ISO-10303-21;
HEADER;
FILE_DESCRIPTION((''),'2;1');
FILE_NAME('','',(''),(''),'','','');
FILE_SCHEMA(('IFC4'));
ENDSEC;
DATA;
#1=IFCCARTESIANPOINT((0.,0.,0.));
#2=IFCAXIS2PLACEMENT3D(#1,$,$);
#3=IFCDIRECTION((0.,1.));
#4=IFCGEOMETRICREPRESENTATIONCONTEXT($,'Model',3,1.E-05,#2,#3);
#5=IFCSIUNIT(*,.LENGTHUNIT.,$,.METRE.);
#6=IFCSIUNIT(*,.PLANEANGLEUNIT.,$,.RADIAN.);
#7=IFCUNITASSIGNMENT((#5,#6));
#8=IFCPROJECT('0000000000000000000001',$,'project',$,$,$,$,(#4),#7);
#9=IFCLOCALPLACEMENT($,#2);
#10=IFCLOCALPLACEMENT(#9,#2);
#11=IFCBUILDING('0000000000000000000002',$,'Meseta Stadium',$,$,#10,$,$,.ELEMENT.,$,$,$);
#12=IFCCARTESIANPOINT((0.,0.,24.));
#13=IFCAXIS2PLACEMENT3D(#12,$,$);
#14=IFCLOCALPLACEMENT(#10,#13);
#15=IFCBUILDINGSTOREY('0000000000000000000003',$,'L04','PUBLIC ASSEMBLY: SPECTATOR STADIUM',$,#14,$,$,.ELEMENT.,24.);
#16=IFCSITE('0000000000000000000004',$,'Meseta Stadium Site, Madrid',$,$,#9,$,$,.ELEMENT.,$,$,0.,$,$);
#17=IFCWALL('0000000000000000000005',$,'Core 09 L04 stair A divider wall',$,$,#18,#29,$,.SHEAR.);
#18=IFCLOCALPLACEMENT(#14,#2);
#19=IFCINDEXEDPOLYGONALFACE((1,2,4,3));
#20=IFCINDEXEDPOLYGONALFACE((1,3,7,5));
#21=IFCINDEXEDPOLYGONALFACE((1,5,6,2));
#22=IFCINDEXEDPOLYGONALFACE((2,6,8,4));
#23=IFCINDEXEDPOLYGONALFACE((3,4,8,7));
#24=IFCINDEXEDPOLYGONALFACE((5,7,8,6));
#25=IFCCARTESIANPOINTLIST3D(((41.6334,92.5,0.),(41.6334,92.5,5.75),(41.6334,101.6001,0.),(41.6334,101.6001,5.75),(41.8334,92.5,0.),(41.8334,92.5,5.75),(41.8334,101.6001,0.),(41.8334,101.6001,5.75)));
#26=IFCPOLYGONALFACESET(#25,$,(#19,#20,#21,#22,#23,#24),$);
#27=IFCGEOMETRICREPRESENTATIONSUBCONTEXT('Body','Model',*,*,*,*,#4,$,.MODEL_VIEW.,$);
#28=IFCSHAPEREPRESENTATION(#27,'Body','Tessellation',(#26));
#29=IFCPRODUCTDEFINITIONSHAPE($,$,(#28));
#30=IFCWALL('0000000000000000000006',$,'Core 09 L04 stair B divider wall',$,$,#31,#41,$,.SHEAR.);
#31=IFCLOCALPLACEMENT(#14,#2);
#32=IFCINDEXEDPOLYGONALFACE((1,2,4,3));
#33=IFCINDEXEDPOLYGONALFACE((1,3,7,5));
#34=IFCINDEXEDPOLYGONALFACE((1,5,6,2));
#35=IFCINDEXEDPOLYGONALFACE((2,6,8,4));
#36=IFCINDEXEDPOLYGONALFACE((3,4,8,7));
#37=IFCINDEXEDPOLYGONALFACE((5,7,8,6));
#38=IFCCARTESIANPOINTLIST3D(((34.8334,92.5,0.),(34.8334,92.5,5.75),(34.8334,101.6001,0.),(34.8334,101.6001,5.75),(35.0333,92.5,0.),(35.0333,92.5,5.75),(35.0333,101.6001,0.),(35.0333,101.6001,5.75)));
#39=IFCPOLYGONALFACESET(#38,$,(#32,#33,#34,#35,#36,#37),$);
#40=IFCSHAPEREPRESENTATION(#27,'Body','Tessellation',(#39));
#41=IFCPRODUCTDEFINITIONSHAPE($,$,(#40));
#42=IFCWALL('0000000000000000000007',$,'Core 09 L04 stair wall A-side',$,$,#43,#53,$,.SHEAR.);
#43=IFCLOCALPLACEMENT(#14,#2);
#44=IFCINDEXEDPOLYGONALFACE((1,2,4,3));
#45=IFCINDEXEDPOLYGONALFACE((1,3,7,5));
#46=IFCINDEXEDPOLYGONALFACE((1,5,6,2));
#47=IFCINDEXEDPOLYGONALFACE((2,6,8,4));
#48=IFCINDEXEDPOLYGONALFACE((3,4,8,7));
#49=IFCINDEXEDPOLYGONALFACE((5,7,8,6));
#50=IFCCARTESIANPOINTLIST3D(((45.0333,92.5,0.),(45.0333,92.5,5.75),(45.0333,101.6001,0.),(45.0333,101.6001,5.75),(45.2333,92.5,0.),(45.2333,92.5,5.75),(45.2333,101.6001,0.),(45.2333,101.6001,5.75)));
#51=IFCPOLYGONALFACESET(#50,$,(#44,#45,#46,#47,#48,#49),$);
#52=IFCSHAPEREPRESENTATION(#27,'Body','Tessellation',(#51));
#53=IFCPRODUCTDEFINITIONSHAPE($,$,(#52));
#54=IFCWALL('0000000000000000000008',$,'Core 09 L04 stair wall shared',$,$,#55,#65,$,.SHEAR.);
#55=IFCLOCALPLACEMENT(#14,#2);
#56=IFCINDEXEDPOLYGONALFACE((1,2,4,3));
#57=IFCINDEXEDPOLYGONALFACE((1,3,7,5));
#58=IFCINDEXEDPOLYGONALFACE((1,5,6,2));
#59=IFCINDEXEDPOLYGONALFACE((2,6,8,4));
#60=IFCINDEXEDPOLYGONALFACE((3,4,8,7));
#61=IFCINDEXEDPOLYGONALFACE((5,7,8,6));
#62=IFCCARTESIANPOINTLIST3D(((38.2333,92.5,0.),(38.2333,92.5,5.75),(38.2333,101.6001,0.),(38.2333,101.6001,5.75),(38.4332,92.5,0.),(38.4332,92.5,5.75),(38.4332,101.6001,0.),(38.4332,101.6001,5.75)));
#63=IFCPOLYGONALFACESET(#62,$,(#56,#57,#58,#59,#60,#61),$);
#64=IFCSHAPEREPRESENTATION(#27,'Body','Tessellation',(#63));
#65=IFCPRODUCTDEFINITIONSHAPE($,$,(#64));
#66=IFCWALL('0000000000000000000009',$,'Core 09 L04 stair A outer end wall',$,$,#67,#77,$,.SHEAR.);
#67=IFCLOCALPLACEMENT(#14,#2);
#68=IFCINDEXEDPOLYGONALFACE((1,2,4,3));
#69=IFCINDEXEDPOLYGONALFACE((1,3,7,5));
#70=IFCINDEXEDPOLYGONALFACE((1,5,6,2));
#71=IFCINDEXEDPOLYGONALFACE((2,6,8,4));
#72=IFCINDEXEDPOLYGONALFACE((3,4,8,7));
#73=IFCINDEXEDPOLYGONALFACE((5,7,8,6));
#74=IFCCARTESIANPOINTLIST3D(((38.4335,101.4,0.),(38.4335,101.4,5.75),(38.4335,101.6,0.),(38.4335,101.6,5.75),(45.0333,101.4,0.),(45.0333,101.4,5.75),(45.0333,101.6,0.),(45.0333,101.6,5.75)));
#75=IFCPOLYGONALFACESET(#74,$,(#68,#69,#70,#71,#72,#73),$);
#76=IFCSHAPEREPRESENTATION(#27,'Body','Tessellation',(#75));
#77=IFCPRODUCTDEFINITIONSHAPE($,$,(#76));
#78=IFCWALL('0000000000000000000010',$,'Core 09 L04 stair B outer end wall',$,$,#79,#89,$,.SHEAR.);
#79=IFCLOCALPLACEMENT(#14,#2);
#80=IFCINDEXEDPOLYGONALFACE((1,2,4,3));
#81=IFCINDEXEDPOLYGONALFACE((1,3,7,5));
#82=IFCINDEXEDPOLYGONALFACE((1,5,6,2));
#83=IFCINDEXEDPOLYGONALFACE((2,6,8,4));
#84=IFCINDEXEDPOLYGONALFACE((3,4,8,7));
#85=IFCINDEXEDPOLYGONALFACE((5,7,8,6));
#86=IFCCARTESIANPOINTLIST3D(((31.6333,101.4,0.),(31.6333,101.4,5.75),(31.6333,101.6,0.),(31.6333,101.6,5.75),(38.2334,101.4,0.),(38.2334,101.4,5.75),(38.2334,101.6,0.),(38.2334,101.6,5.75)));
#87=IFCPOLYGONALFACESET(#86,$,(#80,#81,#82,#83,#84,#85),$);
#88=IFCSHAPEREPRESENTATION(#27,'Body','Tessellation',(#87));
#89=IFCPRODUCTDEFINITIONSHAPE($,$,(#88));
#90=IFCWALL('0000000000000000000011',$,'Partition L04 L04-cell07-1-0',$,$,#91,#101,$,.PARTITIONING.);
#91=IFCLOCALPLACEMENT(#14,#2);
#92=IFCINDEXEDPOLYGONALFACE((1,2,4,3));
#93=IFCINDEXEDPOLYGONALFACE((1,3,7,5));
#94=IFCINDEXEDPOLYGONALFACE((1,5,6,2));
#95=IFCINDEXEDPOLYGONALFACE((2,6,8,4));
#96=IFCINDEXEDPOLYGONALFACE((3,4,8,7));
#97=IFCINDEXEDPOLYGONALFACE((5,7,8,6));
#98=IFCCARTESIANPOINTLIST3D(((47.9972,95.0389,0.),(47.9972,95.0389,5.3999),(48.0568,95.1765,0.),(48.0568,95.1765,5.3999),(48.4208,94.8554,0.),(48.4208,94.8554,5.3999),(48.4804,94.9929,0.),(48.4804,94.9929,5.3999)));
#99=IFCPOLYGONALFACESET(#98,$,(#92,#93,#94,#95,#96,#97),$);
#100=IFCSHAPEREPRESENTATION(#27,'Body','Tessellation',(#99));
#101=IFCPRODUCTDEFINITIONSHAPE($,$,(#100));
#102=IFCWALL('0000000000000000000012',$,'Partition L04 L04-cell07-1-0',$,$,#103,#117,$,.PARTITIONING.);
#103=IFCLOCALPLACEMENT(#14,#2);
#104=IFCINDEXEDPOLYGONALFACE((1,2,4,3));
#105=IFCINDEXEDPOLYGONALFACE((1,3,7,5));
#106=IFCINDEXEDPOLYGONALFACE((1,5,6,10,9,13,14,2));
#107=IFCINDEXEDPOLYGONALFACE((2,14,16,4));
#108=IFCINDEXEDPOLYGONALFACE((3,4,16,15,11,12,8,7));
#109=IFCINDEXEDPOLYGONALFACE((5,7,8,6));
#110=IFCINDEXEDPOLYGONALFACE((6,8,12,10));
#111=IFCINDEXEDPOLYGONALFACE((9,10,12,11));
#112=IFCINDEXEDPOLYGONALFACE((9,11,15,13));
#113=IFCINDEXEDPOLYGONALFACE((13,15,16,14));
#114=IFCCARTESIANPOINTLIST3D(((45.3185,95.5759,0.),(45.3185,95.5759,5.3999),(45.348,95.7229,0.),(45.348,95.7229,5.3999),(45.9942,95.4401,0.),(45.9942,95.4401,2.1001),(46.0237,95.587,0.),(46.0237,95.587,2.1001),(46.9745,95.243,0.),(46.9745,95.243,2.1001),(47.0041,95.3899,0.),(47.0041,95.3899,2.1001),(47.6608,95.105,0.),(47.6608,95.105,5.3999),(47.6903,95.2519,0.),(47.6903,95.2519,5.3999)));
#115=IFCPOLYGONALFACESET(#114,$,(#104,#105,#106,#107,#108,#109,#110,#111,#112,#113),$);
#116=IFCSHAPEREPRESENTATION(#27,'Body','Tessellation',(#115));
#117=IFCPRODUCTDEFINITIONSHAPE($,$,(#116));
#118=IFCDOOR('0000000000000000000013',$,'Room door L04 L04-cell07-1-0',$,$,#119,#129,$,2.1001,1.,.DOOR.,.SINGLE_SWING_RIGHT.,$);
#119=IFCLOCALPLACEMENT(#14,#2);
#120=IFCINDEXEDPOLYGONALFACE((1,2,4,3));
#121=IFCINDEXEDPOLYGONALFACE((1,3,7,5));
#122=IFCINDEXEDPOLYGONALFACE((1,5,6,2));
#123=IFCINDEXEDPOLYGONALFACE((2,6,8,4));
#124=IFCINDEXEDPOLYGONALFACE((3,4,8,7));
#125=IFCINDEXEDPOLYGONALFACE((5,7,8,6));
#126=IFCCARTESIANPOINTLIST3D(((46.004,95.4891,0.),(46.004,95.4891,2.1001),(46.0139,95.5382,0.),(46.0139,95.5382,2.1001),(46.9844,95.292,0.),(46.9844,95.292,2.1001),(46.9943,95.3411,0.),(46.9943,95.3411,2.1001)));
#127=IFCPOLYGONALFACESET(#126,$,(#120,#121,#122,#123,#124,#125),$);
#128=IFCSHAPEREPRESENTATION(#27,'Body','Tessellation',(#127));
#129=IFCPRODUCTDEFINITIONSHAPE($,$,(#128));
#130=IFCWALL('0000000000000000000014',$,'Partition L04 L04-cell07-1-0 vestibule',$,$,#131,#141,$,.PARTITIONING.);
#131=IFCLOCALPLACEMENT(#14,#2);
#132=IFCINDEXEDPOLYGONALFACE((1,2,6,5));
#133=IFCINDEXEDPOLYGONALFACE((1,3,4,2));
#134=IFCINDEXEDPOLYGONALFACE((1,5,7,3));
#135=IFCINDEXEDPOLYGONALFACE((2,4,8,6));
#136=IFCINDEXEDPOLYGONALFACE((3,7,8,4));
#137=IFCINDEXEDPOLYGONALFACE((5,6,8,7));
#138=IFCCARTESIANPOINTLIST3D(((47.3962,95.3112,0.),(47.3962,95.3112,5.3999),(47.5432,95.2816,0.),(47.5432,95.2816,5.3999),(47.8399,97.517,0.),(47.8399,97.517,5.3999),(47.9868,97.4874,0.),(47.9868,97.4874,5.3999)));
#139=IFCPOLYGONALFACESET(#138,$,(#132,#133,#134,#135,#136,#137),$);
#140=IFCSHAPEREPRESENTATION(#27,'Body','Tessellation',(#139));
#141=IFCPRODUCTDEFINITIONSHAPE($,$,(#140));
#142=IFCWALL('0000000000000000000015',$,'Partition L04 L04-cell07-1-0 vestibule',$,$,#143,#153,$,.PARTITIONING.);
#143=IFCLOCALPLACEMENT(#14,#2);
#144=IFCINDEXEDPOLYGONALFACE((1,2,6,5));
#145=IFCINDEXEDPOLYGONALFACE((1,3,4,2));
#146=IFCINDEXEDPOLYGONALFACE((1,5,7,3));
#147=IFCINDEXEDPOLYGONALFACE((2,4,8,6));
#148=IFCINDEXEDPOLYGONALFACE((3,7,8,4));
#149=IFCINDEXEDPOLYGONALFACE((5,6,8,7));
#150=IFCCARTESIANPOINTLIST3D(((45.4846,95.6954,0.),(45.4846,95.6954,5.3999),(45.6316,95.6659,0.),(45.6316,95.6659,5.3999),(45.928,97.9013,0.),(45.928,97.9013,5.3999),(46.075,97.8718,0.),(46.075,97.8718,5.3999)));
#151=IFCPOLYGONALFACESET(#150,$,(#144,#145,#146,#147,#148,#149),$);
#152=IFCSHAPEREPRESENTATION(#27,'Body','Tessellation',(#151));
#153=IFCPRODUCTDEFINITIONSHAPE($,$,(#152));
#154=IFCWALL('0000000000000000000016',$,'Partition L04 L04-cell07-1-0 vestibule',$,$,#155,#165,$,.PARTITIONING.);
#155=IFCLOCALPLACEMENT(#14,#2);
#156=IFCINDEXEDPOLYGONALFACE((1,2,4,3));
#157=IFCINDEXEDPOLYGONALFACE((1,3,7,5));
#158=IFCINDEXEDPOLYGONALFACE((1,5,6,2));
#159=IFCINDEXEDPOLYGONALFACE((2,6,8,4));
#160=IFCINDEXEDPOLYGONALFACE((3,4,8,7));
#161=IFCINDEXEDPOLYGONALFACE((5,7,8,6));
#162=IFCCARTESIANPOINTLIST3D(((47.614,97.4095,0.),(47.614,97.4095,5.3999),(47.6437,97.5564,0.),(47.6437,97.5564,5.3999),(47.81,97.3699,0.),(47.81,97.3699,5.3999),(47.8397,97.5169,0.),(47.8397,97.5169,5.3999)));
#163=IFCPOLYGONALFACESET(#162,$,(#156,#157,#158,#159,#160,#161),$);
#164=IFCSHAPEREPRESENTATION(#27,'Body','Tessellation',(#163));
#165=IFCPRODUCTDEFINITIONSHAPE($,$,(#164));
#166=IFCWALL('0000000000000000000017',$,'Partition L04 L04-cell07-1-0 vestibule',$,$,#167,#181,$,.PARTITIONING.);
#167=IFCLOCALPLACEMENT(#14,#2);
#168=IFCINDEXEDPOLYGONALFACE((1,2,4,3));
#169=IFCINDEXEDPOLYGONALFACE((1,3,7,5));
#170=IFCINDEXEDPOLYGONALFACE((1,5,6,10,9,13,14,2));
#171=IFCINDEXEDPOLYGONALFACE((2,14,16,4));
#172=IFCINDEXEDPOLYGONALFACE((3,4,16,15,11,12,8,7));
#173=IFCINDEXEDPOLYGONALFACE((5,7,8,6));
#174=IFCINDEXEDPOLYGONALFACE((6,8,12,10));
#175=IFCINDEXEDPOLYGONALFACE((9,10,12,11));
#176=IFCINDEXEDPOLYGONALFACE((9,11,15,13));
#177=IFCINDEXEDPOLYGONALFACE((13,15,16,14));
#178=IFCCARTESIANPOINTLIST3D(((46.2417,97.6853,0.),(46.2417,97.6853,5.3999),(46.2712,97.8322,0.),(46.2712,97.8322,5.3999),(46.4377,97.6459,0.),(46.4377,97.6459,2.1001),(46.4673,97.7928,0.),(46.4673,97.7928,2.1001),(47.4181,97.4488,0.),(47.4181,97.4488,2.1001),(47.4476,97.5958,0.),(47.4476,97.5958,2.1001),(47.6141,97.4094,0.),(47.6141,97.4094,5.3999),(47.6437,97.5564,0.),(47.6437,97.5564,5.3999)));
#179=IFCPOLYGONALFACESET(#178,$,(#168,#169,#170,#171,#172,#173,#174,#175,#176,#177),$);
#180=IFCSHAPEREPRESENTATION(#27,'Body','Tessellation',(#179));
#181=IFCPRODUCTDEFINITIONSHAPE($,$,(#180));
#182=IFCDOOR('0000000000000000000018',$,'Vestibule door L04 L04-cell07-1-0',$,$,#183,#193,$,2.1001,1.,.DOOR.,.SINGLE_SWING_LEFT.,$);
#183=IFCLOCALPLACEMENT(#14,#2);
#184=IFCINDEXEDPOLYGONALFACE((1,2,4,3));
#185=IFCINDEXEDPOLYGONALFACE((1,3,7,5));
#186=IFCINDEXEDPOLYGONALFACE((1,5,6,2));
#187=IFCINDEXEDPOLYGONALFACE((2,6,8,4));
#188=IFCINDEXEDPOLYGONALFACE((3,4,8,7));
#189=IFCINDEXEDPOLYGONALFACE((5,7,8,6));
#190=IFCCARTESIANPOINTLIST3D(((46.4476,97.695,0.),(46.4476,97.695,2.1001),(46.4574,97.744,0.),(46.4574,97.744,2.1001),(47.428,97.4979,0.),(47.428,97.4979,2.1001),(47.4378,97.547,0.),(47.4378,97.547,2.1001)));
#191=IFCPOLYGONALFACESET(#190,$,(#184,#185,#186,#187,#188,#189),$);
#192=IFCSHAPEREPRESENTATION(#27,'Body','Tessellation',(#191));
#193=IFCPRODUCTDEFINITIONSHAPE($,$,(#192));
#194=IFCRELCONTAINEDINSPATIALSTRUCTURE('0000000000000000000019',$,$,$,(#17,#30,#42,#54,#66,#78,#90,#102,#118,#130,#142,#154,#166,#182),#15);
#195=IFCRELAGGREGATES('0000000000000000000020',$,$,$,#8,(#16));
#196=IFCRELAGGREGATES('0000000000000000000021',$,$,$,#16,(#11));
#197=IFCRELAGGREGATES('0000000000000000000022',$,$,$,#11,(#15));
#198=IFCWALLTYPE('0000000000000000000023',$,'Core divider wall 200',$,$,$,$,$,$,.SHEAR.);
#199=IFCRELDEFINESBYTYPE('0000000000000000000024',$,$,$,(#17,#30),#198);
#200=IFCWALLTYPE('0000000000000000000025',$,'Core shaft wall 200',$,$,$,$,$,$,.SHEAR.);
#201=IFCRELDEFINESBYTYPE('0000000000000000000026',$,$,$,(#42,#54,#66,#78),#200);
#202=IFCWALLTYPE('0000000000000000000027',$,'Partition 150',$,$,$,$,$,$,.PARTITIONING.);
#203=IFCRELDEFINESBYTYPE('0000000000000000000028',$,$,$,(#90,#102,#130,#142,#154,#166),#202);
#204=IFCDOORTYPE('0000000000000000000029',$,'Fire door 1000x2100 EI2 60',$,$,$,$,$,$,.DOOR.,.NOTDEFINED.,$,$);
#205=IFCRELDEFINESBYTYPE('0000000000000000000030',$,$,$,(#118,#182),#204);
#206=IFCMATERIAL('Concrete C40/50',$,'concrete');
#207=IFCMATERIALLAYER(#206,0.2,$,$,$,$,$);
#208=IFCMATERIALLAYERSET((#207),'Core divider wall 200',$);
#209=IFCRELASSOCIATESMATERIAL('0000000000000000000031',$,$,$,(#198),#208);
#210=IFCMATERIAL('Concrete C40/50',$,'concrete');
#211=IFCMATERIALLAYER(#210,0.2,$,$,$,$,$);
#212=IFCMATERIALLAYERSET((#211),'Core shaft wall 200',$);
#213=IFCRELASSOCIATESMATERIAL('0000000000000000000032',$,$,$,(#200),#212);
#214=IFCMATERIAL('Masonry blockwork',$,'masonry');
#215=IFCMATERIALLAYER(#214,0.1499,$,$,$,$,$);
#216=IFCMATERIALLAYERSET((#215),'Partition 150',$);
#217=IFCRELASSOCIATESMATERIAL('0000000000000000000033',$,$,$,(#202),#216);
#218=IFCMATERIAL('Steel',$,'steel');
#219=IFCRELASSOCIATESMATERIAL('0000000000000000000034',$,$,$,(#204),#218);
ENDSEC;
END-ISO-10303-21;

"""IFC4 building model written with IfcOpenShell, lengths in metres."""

from ifc_helpers import new_model, si_unit, direction, frame, frame_2d, origin, place, context, subcontext, project, spatial, rectangle, extrude, material, layer, layer_set, type_object, element, fill, save


model = new_model("IFC4")

# Units and contexts
model_context = context("Model", 3, precision=1e-05, world=origin(), true_north=direction((0.0, 1.0)))
body_context = subcontext(model_context, "Body", "Model", "MODEL_VIEW")
ifc_project = project(units=[si_unit("LENGTHUNIT", "METRE"), si_unit("PLANEANGLEUNIT", "RADIAN")], contexts=[model_context])

# Site, building, storey
site_placement = place(None, origin())
site = spatial("IfcSite", under=ifc_project, at=site_placement, Name="Meseta Stadium Site, Madrid", CompositionType="ELEMENT", RefElevation=0.0)
building_placement = place(site_placement, origin())
building = spatial("IfcBuilding", under=site, at=building_placement, Name="Meseta Stadium", CompositionType="ELEMENT")
storey_placement = place(building_placement, frame((0.0, 0.0, 24.0)))
storey = spatial("IfcBuildingStorey", under=building, at=storey_placement, Name="L04", Description="PUBLIC ASSEMBLY: SPECTATOR STADIUM", CompositionType="ELEMENT", Elevation=24.0)

# Walls
ifc_material_1 = material(Name="Concrete C40/50", Category="concrete")
ifc_layer_1 = layer(ifc_material_1, 0.2)
ifc_layer_set_1 = layer_set([ifc_layer_1], Name="Core divider wall 200")
wall_type_1 = type_object("IfcWallType", Name="Core divider wall 200", PredefinedType="SHEAR", material=ifc_layer_set_1)
for number, where, z_axis, x_axis, name in (
    (1, (41.7334, 101.6001, 0.0), (0.0, 0.0, 1.0), (0.0, -1.0, 0.0), "Core 09 L04 stair A divider wall"),
    (2, (34.9333, 101.6001, 0.0), (0.0, 0.0, 1.0), (0.0, -1.0, 0.0), "Core 09 L04 stair B divider wall"),
):
    element("IfcWall", number, at=place(storey_placement, frame(where, z_axis=z_axis, x_axis=x_axis)), inside=storey, type_object=wall_type_1, Name=name, PredefinedType="SHEAR", context=body_context, shape_type="SweptSolid", body=[
        extrude(rectangle(XDim=9.1001, YDim=0.2, at=frame_2d((4.55, 0.0))), origin(), (0.0, 0.0, 1.0), 5.75),
    ])
ifc_material_2 = material(Name="Concrete C40/50", Category="concrete")
ifc_layer_2 = layer(ifc_material_2, 0.2)
ifc_layer_set_2 = layer_set([ifc_layer_2], Name="Core shaft wall 200")
wall_type_2 = type_object("IfcWallType", Name="Core shaft wall 200", PredefinedType="SHEAR", material=ifc_layer_set_2)
for number, where, z_axis, x_axis, name in (
    (3, (45.1333, 101.6001, 0.0), (0.0, 0.0, 1.0), (0.0, -1.0, 0.0), "Core 09 L04 stair wall A-side"),
    (4, (38.3333, 101.6001, 0.0), (0.0, 0.0, 1.0), (0.0, -1.0, 0.0), "Core 09 L04 stair wall shared"),
):
    element("IfcWall", number, at=place(storey_placement, frame(where, z_axis=z_axis, x_axis=x_axis)), inside=storey, type_object=wall_type_2, Name=name, PredefinedType="SHEAR", context=body_context, shape_type="SweptSolid", body=[
        extrude(rectangle(XDim=9.1001, YDim=0.2, at=frame_2d((4.55, 0.0))), origin(), (0.0, 0.0, 1.0), 5.75),
    ])
wall_1_placement = place(storey_placement, frame((45.0332, 101.5, 0.0), z_axis=(0.0, 0.0, 1.0), x_axis=(-1.0, 0.0, 0.0)))
element("IfcWall", 5, at=wall_1_placement, inside=storey, type_object=wall_type_2, Name="Core 09 L04 stair A outer end wall", PredefinedType="SHEAR", context=body_context, shape_type="SweptSolid", body=[
    extrude(rectangle(XDim=6.5999, YDim=0.2, at=frame_2d((3.2998, 0.0))), origin(), (0.0, 0.0, 1.0), 5.75),
])
wall_2_placement = place(storey_placement, frame((38.2334, 101.5, 0.0), z_axis=(0.0, 0.0, 1.0), x_axis=(-1.0, 0.0, 0.0)))
element("IfcWall", 6, at=wall_2_placement, inside=storey, type_object=wall_type_2, Name="Core 09 L04 stair B outer end wall", PredefinedType="SHEAR", context=body_context, shape_type="SweptSolid", body=[
    extrude(rectangle(XDim=6.6001, YDim=0.2, at=frame_2d((3.3, 0.0))), origin(), (0.0, 0.0, 1.0), 5.75),
])
ifc_material_3 = material(Name="Masonry blockwork", Category="masonry")
ifc_layer_3 = layer(ifc_material_3, 0.1499)
ifc_layer_set_3 = layer_set([ifc_layer_3], Name="Partition 150")
wall_type_3 = type_object("IfcWallType", Name="Partition 150", PredefinedType="PARTITIONING", material=ifc_layer_set_3)
wall_3_placement = place(storey_placement, frame((48.4507, 94.9241, 0.0), z_axis=(0.0, 0.0, 1.0), x_axis=(-0.917523, 0.397682, 0.0)))
element("IfcWall", 7, at=wall_3_placement, inside=storey, type_object=wall_type_3, Name="Partition L04 L04-cell07-1-0", PredefinedType="PARTITIONING", context=body_context, shape_type="SweptSolid", body=[
    extrude(rectangle(XDim=0.4617, YDim=0.1499, at=frame_2d((0.231, 0.0))), origin(), (0.0, 0.0, 1.0), 5.3999),
])

# Wall, opening, door
wall_4_placement = place(storey_placement, frame((47.6755, 95.1785, 0.0), z_axis=(0.0, 0.0, 1.0), x_axis=(-0.98038, 0.197118, 0.0)))
wall_4 = element("IfcWall", 8, at=wall_4_placement, inside=storey, type_object=wall_type_3, Name="Partition L04 L04-cell07-1-0", PredefinedType="PARTITIONING", context=body_context, shape_type="SweptSolid", body=[
    extrude(rectangle(XDim=2.3892, YDim=0.1499, at=frame_2d((1.1946, 0.0))), origin(), (0.0, 0.0, 1.0), 5.3999),
])
opening_1_placement = place(wall_4_placement, frame((0.7, 0.0, 0.0)))
opening_1 = element("IfcOpeningElement", 9, at=opening_1_placement, cuts=wall_4, PredefinedType="OPENING", context=body_context, shape_type="SweptSolid", body=[
    extrude(rectangle(XDim=1.0, YDim=2.1001, at=frame_2d((0.5, 1.05))), frame((0.0, 0.085, 0.0), z_axis=(0.0, -1.0, 0.0), x_axis=(1.0, 0.0, 0.0)), (0.0, 0.0, 1.0), 0.1699),
])
ifc_material_4 = material(Name="Steel", Category="steel")
door_type = type_object("IfcDoorType", Name="Fire door 1000x2100 EI2 60", OperationType="NOTDEFINED", PredefinedType="DOOR", material=ifc_material_4)
door_1_placement = place(opening_1_placement, origin())
door_1 = element("IfcDoor", 10, at=door_1_placement, inside=storey, type_object=door_type, Name="Room door L04 L04-cell07-1-0", OperationType="SINGLE_SWING_RIGHT", OverallHeight=2.1001, OverallWidth=1.0, PredefinedType="DOOR", context=body_context, shape_type="SweptSolid", body=[
    extrude(rectangle(XDim=1.0, YDim=2.1001, at=frame_2d((0.5, 1.05))), frame((0.0, 0.0249, 0.0), z_axis=(0.0, -1.0, 0.0), x_axis=(1.0, 0.0, 0.0)), (0.0, 0.0, 1.0), 0.05),
])
fill(opening_1, door_1)

# Walls
for number, where, z_axis, x_axis, name in (
    (11, (47.4697, 95.2964, 0.0), (0.0, 0.0, 1.0), (0.197159, 0.980371, 0.0), "Partition L04 L04-cell07-1-0 vestibule"),
    (12, (45.5581, 95.6807, 0.0), (0.0, 0.0, 1.0), (0.197055, 0.980392, 0.0), "Partition L04 L04-cell07-1-0 vestibule"),
):
    element("IfcWall", number, at=place(storey_placement, frame(where, z_axis=z_axis, x_axis=x_axis)), inside=storey, type_object=wall_type_3, Name=name, PredefinedType="PARTITIONING", context=body_context, shape_type="SweptSolid", body=[
        extrude(rectangle(XDim=2.25, YDim=0.1499, at=frame_2d((1.125, 0.0))), origin(), (0.0, 0.0, 1.0), 5.3999),
    ])
wall_5_placement = place(storey_placement, frame((47.825, 97.4434, 0.0), z_axis=(0.0, 0.0, 1.0), x_axis=(-0.980251, 0.197759, 0.0)))
element("IfcWall", 13, at=wall_5_placement, inside=storey, type_object=wall_type_3, Name="Partition L04 L04-cell07-1-0 vestibule", PredefinedType="PARTITIONING", context=body_context, shape_type="SweptSolid", body=[
    extrude(rectangle(XDim=0.2, YDim=0.1499, at=frame_2d((0.1001, 0.0))), origin(), (0.0, 0.0, 1.0), 5.3999),
])

# Wall, opening, door
wall_6_placement = place(storey_placement, frame((47.6289, 97.4829, 0.0), z_axis=(0.0, 0.0, 1.0), x_axis=(-0.980392, 0.197055, 0.0)))
wall_6 = element("IfcWall", 14, at=wall_6_placement, inside=storey, type_object=wall_type_3, Name="Partition L04 L04-cell07-1-0 vestibule", PredefinedType="PARTITIONING", context=body_context, shape_type="SweptSolid", body=[
    extrude(rectangle(XDim=1.3999, YDim=0.1499, at=frame_2d((0.7, 0.0))), origin(), (0.0, 0.0, 1.0), 5.3999),
])
opening_2_placement = place(wall_6_placement, frame((0.2, 0.0, 0.0)))
opening_2 = element("IfcOpeningElement", 15, at=opening_2_placement, cuts=wall_6, PredefinedType="OPENING", context=body_context, shape_type="SweptSolid", body=[
    extrude(rectangle(XDim=1.0, YDim=2.1001, at=frame_2d((0.5, 1.05))), frame((0.0, 0.085, 0.0), z_axis=(0.0, -1.0, 0.0), x_axis=(1.0, 0.0, 0.0)), (0.0, 0.0, 1.0), 0.1699),
])
door_2_placement = place(opening_2_placement, origin())
door_2 = element("IfcDoor", 16, at=door_2_placement, inside=storey, type_object=door_type, Name="Vestibule door L04 L04-cell07-1-0", OperationType="SINGLE_SWING_LEFT", OverallHeight=2.1001, OverallWidth=1.0, PredefinedType="DOOR", context=body_context, shape_type="SweptSolid", body=[
    extrude(rectangle(XDim=1.0, YDim=2.1001, at=frame_2d((0.5, 1.05))), frame((0.0, 0.0249, 0.0), z_axis=(0.0, -1.0, 0.0), x_axis=(1.0, 0.0, 0.0)), (0.0, 0.0, 1.0), 0.05),
])
fill(opening_2, door_2)

save(model, "model.ifc")
